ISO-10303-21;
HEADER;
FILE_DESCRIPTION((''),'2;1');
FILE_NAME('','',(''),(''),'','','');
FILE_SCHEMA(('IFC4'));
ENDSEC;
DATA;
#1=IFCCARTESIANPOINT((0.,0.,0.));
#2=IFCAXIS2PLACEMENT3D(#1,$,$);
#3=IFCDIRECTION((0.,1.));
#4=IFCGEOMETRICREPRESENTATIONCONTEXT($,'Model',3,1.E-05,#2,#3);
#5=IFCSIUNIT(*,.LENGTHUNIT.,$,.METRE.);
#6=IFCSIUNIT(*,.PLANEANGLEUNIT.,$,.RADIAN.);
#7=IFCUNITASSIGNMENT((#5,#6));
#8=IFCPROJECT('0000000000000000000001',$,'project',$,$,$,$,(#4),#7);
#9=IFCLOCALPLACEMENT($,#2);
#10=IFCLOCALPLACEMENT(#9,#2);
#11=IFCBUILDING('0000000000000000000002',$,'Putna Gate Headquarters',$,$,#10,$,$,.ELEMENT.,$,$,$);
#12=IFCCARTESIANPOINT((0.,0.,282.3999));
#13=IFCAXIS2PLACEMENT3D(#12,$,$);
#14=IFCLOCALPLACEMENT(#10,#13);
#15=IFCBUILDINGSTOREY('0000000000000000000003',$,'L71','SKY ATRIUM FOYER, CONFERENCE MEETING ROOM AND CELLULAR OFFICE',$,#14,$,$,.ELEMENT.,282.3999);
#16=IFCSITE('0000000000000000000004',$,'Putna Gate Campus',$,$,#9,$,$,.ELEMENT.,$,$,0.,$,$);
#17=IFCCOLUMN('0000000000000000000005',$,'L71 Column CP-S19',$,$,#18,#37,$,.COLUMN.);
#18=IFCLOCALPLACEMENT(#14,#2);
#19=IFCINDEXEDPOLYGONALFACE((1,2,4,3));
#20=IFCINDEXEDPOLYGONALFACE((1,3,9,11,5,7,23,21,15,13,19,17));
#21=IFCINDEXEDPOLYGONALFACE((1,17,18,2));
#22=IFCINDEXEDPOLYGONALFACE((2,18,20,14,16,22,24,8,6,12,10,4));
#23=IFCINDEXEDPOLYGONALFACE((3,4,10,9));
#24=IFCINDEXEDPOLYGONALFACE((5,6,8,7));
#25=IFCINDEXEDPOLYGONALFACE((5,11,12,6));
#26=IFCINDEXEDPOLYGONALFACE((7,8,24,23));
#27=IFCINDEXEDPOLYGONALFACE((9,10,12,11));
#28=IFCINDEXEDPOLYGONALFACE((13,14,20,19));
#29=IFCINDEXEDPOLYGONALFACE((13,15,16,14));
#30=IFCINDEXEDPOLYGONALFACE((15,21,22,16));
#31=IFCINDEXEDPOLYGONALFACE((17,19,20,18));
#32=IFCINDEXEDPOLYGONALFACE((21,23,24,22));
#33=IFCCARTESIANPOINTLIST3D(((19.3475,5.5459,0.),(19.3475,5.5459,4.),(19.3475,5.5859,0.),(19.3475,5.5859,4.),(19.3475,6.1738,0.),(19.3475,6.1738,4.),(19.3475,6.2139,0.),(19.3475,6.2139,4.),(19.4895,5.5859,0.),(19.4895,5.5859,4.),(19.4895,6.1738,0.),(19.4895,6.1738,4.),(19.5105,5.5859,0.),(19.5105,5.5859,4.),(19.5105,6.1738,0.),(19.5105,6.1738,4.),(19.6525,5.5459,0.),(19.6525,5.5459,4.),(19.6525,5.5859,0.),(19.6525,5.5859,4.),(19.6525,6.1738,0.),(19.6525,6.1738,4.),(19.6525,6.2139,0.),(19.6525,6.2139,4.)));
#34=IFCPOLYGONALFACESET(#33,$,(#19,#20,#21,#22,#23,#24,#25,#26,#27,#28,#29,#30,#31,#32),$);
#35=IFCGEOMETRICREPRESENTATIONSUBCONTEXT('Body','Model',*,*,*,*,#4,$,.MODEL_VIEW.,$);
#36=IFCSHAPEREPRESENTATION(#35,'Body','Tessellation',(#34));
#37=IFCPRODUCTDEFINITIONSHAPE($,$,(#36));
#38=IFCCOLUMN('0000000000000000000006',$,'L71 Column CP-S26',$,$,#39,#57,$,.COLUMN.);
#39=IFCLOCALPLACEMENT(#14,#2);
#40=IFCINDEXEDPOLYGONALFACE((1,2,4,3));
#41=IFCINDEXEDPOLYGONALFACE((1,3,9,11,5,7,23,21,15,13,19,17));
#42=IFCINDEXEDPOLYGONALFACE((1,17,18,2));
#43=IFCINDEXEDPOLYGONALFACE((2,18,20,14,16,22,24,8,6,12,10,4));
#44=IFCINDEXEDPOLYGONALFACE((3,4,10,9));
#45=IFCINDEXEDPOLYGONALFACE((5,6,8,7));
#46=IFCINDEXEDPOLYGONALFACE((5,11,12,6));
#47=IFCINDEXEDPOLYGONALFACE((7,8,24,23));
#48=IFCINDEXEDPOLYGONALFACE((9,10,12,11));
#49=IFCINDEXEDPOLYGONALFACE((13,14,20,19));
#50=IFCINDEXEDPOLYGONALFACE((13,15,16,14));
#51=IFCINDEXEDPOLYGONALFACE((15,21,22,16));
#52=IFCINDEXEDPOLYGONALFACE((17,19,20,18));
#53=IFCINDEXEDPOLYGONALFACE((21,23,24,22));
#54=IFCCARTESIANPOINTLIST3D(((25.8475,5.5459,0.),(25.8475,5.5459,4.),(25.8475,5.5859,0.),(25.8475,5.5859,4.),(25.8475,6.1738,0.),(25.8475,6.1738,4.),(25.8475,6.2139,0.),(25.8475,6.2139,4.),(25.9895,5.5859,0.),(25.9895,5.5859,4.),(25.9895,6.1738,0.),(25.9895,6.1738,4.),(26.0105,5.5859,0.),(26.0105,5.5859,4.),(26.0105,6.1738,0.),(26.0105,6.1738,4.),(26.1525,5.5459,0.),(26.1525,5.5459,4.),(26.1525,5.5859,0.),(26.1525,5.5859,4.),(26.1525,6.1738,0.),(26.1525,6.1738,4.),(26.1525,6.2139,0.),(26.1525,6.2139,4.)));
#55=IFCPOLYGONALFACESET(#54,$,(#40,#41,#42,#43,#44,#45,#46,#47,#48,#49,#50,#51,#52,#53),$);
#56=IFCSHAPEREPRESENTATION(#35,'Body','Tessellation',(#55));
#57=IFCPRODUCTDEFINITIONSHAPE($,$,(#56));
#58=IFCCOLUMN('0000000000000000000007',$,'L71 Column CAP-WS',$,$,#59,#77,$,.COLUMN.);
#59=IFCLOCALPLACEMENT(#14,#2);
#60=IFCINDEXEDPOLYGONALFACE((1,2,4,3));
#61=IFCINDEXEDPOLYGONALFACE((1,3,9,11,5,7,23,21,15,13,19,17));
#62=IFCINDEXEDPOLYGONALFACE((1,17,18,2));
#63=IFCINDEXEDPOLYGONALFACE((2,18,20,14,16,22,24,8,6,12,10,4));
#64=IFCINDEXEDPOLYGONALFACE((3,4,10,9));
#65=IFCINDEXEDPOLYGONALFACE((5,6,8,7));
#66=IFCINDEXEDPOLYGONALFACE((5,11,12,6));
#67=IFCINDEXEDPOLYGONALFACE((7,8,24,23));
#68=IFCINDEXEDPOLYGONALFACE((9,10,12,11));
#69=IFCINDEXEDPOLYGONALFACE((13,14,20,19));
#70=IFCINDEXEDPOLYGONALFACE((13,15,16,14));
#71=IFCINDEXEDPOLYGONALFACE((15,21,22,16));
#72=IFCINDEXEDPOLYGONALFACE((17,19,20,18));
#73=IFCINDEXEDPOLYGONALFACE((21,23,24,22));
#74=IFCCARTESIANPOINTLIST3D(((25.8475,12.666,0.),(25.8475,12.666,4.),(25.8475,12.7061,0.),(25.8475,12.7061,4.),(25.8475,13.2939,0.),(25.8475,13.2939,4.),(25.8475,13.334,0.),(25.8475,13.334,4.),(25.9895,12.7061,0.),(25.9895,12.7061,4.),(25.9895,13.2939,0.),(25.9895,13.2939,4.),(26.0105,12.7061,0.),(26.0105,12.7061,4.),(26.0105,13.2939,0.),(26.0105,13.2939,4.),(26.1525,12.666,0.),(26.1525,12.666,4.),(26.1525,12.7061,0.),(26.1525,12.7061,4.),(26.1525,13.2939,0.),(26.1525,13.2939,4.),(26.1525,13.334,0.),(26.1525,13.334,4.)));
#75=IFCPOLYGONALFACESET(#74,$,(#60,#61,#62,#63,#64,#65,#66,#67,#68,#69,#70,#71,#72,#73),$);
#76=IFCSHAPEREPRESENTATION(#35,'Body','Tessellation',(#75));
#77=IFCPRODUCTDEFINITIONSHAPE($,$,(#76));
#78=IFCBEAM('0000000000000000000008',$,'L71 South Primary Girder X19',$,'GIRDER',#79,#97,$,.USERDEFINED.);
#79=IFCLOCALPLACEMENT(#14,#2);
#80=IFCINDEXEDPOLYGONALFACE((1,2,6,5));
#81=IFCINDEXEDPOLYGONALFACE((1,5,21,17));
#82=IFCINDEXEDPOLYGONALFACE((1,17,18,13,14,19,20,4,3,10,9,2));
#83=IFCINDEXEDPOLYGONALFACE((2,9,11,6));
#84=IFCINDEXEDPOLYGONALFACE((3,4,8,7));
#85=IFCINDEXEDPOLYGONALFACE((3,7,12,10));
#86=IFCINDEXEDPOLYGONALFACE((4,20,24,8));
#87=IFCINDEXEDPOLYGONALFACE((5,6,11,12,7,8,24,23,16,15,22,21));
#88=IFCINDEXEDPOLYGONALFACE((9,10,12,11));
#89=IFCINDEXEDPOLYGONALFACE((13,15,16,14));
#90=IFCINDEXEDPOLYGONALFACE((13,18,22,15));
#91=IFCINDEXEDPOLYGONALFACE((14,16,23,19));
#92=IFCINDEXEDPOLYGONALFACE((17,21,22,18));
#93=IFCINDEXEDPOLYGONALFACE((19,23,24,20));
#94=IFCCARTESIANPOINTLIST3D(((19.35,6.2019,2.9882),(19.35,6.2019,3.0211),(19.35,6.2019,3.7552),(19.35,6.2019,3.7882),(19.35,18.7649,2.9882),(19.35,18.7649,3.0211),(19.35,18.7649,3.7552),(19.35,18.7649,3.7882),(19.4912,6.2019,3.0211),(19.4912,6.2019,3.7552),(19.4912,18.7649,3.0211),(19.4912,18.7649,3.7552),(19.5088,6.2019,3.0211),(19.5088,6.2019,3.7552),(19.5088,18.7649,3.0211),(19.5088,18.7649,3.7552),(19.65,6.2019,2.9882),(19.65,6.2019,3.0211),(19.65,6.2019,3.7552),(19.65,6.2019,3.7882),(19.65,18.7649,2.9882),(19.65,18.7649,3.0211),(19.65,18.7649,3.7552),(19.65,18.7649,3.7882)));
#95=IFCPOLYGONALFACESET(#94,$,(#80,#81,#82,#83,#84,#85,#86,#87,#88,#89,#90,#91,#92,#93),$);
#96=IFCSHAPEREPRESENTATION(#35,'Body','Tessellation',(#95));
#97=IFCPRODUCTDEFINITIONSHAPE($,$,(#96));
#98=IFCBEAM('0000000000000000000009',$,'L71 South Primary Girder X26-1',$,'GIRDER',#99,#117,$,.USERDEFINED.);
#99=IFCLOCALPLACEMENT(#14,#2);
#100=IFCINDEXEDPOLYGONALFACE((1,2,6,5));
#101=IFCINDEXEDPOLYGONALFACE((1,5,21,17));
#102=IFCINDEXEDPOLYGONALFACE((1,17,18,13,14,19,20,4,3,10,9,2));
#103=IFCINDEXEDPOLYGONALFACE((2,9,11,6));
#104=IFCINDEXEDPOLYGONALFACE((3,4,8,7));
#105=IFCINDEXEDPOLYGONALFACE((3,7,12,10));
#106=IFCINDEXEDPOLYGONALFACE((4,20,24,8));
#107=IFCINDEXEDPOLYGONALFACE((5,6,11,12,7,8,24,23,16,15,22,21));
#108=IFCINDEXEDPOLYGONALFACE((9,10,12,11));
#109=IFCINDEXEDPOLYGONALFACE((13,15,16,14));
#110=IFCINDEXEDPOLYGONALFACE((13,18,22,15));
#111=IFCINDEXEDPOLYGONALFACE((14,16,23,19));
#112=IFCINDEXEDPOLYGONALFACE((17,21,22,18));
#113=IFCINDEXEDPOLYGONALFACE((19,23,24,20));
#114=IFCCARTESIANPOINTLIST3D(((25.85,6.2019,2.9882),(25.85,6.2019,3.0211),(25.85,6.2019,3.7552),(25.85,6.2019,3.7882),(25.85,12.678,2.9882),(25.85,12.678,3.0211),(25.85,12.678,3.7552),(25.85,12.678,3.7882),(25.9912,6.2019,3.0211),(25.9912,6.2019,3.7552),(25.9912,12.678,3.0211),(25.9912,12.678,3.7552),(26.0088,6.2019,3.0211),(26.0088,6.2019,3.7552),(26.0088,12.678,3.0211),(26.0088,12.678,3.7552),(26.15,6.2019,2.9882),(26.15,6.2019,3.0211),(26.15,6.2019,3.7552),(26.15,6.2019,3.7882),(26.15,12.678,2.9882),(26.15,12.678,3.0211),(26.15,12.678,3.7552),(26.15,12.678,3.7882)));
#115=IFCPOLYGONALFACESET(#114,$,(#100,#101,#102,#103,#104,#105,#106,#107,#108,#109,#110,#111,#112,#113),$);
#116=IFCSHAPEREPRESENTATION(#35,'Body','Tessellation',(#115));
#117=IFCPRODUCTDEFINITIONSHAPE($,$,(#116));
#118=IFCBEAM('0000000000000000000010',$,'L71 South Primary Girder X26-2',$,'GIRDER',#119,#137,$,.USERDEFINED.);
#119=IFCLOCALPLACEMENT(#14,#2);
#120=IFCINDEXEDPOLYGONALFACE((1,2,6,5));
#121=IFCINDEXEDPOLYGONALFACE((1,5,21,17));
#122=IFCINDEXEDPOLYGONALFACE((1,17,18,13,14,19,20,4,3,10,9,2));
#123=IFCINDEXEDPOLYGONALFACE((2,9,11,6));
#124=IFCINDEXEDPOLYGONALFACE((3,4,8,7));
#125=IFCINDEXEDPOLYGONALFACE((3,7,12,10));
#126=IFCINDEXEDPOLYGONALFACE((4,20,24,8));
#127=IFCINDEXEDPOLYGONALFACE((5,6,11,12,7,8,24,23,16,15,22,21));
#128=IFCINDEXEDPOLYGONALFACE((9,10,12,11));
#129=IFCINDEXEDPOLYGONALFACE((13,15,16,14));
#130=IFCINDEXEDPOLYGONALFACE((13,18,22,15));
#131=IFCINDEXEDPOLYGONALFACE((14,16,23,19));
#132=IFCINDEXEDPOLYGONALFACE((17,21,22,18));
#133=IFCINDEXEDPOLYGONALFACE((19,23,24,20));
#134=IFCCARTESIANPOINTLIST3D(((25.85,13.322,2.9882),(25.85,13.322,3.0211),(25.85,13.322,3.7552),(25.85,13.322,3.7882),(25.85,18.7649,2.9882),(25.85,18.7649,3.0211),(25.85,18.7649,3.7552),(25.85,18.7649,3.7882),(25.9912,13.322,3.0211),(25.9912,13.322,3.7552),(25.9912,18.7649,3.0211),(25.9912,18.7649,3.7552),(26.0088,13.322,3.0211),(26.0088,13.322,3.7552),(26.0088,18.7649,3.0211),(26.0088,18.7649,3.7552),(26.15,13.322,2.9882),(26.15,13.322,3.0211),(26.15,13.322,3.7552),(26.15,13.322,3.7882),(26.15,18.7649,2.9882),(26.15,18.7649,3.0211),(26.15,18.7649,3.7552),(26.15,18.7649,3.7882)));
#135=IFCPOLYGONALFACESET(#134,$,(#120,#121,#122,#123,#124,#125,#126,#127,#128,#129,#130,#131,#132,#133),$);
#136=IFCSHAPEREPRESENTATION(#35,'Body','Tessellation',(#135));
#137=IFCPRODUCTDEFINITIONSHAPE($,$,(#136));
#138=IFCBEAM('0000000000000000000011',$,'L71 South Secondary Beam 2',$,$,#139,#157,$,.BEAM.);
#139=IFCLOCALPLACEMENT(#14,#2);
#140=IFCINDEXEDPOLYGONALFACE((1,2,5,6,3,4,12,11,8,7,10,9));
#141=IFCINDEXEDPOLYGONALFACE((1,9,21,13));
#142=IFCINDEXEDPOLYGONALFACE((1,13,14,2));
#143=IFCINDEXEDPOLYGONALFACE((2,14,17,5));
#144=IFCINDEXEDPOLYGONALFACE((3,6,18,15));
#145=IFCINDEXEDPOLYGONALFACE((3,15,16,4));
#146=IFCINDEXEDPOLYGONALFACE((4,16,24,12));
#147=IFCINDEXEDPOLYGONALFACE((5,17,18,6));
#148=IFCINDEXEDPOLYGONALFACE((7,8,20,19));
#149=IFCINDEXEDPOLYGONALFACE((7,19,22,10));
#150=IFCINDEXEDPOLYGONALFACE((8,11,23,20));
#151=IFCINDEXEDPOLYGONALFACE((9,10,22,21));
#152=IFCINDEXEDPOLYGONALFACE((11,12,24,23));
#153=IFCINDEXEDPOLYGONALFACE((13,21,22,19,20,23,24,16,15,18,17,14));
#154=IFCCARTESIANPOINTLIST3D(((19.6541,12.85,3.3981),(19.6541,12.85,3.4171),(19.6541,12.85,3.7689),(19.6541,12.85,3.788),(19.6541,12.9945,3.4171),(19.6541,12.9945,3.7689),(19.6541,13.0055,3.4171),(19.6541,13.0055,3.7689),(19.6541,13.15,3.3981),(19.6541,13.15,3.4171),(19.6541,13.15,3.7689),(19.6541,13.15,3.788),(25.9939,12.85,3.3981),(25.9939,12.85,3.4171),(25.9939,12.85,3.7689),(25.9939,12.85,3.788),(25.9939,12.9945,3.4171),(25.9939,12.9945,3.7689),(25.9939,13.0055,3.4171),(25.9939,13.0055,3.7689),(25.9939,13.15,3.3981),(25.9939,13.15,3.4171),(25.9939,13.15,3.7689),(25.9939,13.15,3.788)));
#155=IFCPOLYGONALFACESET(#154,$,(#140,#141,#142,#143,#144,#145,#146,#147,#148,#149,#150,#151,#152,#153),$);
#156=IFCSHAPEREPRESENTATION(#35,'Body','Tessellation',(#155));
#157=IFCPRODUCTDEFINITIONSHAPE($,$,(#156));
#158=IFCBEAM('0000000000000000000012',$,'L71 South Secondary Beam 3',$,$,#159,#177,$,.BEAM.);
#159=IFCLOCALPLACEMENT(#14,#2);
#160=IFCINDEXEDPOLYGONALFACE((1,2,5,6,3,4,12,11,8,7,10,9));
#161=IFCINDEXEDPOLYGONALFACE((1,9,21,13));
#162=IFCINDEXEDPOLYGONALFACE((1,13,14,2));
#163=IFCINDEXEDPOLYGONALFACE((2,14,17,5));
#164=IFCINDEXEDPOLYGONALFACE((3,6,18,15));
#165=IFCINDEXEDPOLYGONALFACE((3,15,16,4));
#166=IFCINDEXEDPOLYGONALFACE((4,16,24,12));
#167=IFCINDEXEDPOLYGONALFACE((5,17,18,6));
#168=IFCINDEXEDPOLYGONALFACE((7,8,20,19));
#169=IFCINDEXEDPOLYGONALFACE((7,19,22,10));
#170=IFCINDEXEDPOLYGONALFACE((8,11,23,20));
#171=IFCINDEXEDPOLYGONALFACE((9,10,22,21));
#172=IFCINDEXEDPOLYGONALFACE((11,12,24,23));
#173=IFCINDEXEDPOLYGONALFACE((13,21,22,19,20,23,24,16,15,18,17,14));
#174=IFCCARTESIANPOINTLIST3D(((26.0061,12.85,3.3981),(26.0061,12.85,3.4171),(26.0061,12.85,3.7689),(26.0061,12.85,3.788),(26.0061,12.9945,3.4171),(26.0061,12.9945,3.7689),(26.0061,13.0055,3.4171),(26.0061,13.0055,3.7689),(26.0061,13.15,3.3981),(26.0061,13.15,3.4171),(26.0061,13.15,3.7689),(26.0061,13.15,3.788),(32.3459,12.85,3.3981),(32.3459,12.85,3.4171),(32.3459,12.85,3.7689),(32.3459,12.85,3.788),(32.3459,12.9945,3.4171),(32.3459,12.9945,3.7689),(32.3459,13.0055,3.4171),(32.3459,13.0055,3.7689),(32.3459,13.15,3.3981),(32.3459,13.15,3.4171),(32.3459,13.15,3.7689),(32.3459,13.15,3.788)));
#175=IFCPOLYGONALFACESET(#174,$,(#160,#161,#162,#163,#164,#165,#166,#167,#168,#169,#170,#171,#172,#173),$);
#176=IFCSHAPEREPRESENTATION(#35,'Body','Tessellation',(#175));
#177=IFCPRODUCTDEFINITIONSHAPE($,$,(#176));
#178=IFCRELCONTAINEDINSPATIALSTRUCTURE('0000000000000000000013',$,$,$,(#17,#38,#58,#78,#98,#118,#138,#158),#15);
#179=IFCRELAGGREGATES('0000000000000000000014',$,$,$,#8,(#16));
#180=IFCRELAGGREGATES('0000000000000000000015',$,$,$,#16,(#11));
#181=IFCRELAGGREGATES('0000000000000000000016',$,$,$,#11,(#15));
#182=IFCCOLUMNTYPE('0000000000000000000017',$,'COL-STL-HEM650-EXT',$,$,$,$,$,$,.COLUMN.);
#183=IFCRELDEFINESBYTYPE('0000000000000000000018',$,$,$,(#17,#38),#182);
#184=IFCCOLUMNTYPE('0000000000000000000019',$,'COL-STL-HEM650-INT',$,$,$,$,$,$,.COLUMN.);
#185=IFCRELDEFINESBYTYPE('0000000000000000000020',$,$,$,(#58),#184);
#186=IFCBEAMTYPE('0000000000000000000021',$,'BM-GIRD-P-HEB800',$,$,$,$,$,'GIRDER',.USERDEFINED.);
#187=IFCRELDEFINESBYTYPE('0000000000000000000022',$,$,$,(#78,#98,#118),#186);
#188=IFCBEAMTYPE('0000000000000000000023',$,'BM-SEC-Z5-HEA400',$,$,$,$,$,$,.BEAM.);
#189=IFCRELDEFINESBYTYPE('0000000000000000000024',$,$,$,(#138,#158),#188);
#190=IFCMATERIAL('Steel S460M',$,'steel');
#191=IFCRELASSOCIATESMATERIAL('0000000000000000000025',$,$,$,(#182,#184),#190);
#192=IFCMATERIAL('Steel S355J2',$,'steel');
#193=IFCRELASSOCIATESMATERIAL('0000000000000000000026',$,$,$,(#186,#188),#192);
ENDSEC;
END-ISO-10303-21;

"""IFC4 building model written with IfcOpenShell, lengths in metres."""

from ifc_helpers import new_model, si_unit, direction, frame, origin, origin_2d, place, context, subcontext, project, spatial, i_section, extrude, material, material_profile, profile_set, type_object, element, save


model = new_model("IFC4")

# Units and contexts
model_context = context("Model", 3, precision=1e-05, world=origin(), true_north=direction((0.0, 1.0)))
body_context = subcontext(model_context, "Body", "Model", "MODEL_VIEW")
ifc_project = project(units=[si_unit("LENGTHUNIT", "METRE"), si_unit("PLANEANGLEUNIT", "RADIAN")], contexts=[model_context])

# Site, building, storey
site_placement = place(None, origin())
site = spatial("IfcSite", under=ifc_project, at=site_placement, Name="Putna Gate Campus", CompositionType="ELEMENT", RefElevation=0.0)
building_placement = place(site_placement, origin())
building = spatial("IfcBuilding", under=site, at=building_placement, Name="Putna Gate Headquarters", CompositionType="ELEMENT")
storey_placement = place(building_placement, frame((0.0, 0.0, 282.3999)))
storey = spatial("IfcBuildingStorey", under=building, at=storey_placement, Name="L71", Description="SKY ATRIUM FOYER, CONFERENCE MEETING ROOM AND CELLULAR OFFICE", CompositionType="ELEMENT", Elevation=282.3999)

# Columns
ifc_material_1 = material(Name="Steel S460M", Category="steel")
ifc_material_profile_1 = material_profile(ifc_material_1, i_section(OverallWidth=0.3049, OverallDepth=0.668, WebThickness=0.021, FlangeThickness=0.04, at=origin_2d()), Name="Steel S460M")
ifc_profile_set_1 = profile_set([ifc_material_profile_1], Name="Steel S460M")
column_type_1 = type_object("IfcColumnType", Name="COL-STL-HEM650-EXT", PredefinedType="COLUMN", material=ifc_profile_set_1)
for number, where, z_axis, x_axis, name in (
    (1, (19.5, 5.8799, 0.0), (0.0, 0.0, 1.0), (1.0, 0.0, 0.0), "L71 Column CP-S19"),
    (2, (26.0, 5.8799, 0.0), (0.0, 0.0, 1.0), (1.0, 0.0, 0.0), "L71 Column CP-S26"),
):
    element("IfcColumn", number, at=place(storey_placement, frame(where, z_axis=z_axis, x_axis=x_axis)), inside=storey, type_object=column_type_1, Name=name, PredefinedType="COLUMN", context=body_context, shape_type="SweptSolid", body=[
        extrude(i_section(OverallWidth=0.3049, OverallDepth=0.668, WebThickness=0.021, FlangeThickness=0.04, at=origin_2d()), origin(), (0.0, 0.0, 1.0), 4.0),
    ])
ifc_material_profile_2 = material_profile(ifc_material_1, i_section(OverallWidth=0.3049, OverallDepth=0.668, WebThickness=0.021, FlangeThickness=0.04, at=origin_2d()), Name="Steel S460M")
ifc_profile_set_2 = profile_set([ifc_material_profile_2], Name="Steel S460M")
column_type_2 = type_object("IfcColumnType", Name="COL-STL-HEM650-INT", PredefinedType="COLUMN", material=ifc_profile_set_2)
column_placement = place(storey_placement, frame((26.0, 13.0, 0.0), z_axis=(0.0, 0.0, 1.0), x_axis=(1.0, 0.0, 0.0)))
element("IfcColumn", 3, at=column_placement, inside=storey, type_object=column_type_2, Name="L71 Column CAP-WS", PredefinedType="COLUMN", context=body_context, shape_type="SweptSolid", body=[
    extrude(i_section(OverallWidth=0.3049, OverallDepth=0.668, WebThickness=0.021, FlangeThickness=0.04, at=origin_2d()), origin(), (0.0, 0.0, 1.0), 4.0),
])

# Beams
ifc_material_2 = material(Name="Steel S355J2", Category="steel")
ifc_material_profile_3 = material_profile(ifc_material_2, i_section(OverallWidth=0.3, OverallDepth=0.8, WebThickness=0.0176, FlangeThickness=0.033, at=origin_2d()), Name="Steel S355J2")
ifc_profile_set_3 = profile_set([ifc_material_profile_3], Name="Steel S355J2")
beam_type_1 = type_object("IfcBeamType", Name="BM-GIRD-P-HEB800", ElementType="GIRDER", PredefinedType="USERDEFINED", material=ifc_profile_set_3)
beam_1_placement = place(storey_placement, frame((19.5, 6.2019, 3.3882), z_axis=(0.0, 1.0, 0.0), x_axis=(-1.0, 0.0, 0.0)))
element("IfcBeam", 4, at=beam_1_placement, inside=storey, type_object=beam_type_1, Name="L71 South Primary Girder X19", ObjectType="GIRDER", PredefinedType="USERDEFINED", context=body_context, shape_type="SweptSolid", body=[
    extrude(i_section(OverallWidth=0.3, OverallDepth=0.8, WebThickness=0.0176, FlangeThickness=0.033, at=origin_2d()), origin(), (0.0, 0.0, 1.0), 12.563),
])
beam_2_placement = place(storey_placement, frame((26.0, 6.2019, 3.3882), z_axis=(0.0, 1.0, 0.0), x_axis=(-1.0, 0.0, 0.0)))
element("IfcBeam", 5, at=beam_2_placement, inside=storey, type_object=beam_type_1, Name="L71 South Primary Girder X26-1", ObjectType="GIRDER", PredefinedType="USERDEFINED", context=body_context, shape_type="SweptSolid", body=[
    extrude(i_section(OverallWidth=0.3, OverallDepth=0.8, WebThickness=0.0176, FlangeThickness=0.033, at=origin_2d()), origin(), (0.0, 0.0, 1.0), 6.4761),
])
beam_3_placement = place(storey_placement, frame((26.0, 13.322, 3.3882), z_axis=(0.0, 1.0, 0.0), x_axis=(-1.0, 0.0, 0.0)))
element("IfcBeam", 6, at=beam_3_placement, inside=storey, type_object=beam_type_1, Name="L71 South Primary Girder X26-2", ObjectType="GIRDER", PredefinedType="USERDEFINED", context=body_context, shape_type="SweptSolid", body=[
    extrude(i_section(OverallWidth=0.3, OverallDepth=0.8, WebThickness=0.0176, FlangeThickness=0.033, at=origin_2d()), origin(), (0.0, 0.0, 1.0), 5.4429),
])
ifc_material_profile_4 = material_profile(ifc_material_2, i_section(OverallWidth=0.3, OverallDepth=0.3899, WebThickness=0.011, FlangeThickness=0.019, at=origin_2d()), Name="Steel S355J2")
ifc_profile_set_4 = profile_set([ifc_material_profile_4], Name="Steel S355J2")
beam_type_2 = type_object("IfcBeamType", Name="BM-SEC-Z5-HEA400", PredefinedType="BEAM", material=ifc_profile_set_4)
for number, where, z_axis, x_axis, name in (
    (7, (19.6541, 13.0, 3.593), (1.0, 0.0, 0.0), (0.0, 1.0, 0.0), "L71 South Secondary Beam 2"),
    (8, (26.0061, 13.0, 3.593), (1.0, 0.0, 0.0), (0.0, 1.0, 0.0), "L71 South Secondary Beam 3"),
):
    element("IfcBeam", number, at=place(storey_placement, frame(where, z_axis=z_axis, x_axis=x_axis)), inside=storey, type_object=beam_type_2, Name=name, PredefinedType="BEAM", context=body_context, shape_type="SweptSolid", body=[
        extrude(i_section(OverallWidth=0.3, OverallDepth=0.3899, WebThickness=0.011, FlangeThickness=0.019, at=origin_2d()), origin(), (0.0, 0.0, 1.0), 6.3398),
    ])

save(model, "model.ifc")
